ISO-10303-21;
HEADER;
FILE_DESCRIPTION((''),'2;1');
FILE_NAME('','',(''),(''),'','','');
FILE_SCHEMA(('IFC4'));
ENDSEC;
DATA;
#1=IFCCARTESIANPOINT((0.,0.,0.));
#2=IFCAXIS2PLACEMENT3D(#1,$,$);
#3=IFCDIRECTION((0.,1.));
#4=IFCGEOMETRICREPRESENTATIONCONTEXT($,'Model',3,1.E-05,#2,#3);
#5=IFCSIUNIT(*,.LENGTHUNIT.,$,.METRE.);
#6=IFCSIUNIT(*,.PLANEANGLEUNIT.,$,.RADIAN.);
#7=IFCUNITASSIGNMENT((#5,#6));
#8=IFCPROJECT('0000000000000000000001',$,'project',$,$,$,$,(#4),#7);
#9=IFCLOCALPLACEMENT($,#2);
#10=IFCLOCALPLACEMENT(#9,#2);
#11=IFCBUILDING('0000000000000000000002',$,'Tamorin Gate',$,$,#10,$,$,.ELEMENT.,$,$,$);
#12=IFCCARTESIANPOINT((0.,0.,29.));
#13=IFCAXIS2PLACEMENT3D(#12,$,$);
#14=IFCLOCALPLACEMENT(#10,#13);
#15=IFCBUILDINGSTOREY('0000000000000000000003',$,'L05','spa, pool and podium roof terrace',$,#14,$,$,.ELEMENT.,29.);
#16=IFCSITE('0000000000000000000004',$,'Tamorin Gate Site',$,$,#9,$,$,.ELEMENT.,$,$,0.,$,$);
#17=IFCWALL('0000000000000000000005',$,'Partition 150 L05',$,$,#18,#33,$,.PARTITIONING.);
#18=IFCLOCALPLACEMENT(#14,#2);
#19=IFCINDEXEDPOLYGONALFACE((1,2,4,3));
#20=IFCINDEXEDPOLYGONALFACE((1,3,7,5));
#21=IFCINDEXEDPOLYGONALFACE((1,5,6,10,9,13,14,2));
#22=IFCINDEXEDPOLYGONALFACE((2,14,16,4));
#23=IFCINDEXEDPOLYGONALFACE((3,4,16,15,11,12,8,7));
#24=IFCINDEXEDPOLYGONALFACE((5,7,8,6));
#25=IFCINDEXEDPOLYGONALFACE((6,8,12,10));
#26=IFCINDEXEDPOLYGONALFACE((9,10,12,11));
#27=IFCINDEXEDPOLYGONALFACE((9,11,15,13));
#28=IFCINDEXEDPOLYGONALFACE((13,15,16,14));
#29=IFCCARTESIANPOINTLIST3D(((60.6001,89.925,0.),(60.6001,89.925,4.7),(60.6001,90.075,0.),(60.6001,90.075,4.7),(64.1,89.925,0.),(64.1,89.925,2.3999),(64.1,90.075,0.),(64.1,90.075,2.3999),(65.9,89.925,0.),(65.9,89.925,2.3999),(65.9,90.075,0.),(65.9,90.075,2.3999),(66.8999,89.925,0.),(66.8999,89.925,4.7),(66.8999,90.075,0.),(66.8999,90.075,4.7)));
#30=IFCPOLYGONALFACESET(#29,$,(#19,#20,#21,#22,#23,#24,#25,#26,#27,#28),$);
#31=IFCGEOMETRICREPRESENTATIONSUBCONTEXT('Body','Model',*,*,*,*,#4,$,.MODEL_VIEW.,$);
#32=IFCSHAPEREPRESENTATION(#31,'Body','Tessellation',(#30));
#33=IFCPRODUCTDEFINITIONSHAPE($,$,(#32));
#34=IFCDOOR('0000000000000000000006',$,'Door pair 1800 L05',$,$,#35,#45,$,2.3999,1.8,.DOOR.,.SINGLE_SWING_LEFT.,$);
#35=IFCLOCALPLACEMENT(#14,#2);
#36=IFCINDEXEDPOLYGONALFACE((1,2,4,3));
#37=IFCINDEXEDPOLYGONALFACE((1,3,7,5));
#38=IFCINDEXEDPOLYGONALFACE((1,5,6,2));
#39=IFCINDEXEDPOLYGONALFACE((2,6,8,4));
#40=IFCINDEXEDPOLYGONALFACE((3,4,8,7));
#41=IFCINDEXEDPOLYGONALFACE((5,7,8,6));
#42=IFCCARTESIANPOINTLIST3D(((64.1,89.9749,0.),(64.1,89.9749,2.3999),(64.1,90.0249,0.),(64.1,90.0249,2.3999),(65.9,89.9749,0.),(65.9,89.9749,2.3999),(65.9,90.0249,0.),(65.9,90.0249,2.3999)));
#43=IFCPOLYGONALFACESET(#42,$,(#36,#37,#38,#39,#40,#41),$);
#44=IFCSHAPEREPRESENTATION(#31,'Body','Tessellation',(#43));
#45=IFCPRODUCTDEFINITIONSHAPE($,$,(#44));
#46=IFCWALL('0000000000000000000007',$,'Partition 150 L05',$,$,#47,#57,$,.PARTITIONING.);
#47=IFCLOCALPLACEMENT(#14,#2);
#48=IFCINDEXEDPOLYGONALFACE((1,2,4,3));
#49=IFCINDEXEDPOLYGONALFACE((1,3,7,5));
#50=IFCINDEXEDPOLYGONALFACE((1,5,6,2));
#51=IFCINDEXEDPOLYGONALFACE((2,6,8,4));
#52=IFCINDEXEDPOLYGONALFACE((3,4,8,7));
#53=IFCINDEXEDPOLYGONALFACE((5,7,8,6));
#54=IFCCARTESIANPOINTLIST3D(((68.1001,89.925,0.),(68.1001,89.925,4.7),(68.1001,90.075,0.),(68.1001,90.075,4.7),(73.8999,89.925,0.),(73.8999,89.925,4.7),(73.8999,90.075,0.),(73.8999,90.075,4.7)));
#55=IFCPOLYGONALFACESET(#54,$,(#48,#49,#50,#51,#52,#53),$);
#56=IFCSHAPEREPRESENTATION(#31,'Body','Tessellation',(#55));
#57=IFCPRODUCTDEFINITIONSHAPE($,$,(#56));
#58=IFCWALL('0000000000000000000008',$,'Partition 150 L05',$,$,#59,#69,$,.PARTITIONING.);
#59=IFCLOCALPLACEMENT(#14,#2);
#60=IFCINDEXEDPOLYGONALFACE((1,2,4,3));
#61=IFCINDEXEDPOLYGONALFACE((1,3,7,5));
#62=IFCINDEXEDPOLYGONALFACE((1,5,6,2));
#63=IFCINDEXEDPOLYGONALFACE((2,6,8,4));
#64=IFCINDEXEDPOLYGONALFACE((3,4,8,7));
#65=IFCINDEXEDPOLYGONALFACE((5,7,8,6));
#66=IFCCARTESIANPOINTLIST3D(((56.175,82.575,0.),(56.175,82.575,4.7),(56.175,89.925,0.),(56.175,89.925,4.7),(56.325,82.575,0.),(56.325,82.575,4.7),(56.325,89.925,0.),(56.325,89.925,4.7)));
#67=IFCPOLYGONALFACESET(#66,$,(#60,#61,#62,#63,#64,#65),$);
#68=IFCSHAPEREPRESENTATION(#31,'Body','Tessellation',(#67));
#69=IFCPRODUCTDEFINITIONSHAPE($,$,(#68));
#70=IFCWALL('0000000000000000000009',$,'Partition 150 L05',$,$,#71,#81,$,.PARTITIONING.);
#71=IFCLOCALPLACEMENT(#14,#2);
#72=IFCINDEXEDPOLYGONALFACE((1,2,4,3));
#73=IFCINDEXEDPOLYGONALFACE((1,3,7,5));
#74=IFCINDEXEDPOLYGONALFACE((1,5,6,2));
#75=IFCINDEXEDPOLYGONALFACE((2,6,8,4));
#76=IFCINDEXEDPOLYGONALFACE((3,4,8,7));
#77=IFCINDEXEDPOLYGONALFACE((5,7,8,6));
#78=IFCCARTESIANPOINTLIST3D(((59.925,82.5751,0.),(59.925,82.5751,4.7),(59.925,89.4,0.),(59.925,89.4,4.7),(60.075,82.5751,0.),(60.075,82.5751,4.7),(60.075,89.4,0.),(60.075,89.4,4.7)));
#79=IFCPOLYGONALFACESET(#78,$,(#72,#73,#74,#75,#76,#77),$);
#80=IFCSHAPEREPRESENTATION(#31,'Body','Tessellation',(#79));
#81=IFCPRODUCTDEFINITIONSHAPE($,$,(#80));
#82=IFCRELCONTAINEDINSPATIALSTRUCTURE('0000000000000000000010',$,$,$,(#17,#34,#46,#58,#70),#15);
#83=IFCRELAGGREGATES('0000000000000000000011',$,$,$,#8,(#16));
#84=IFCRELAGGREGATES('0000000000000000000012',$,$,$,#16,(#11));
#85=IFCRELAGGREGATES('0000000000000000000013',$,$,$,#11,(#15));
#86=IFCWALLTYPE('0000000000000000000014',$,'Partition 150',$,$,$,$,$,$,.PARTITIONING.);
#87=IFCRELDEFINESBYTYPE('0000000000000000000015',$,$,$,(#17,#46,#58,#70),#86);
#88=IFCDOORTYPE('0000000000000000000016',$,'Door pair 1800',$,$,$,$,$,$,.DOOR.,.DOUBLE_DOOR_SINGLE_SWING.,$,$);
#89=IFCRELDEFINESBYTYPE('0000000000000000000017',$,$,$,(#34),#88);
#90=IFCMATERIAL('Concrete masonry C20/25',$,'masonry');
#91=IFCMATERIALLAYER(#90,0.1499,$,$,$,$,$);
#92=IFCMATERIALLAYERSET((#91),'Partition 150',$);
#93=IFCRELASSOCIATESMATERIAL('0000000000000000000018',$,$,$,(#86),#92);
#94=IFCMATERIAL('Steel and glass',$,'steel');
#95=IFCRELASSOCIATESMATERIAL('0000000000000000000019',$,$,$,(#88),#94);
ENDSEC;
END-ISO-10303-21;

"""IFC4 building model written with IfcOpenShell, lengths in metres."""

from ifc_helpers import new_model, si_unit, direction, frame, frame_2d, origin, place, context, subcontext, project, spatial, rectangle, extrude, material, layer, layer_set, type_object, element, fill, save


model = new_model("IFC4")

# Units and contexts
model_context = context("Model", 3, precision=1e-05, world=origin(), true_north=direction((0.0, 1.0)))
body_context = subcontext(model_context, "Body", "Model", "MODEL_VIEW")
ifc_project = project(units=[si_unit("LENGTHUNIT", "METRE"), si_unit("PLANEANGLEUNIT", "RADIAN")], contexts=[model_context])

# Site, building, storey
site_placement = place(None, origin())
site = spatial("IfcSite", under=ifc_project, at=site_placement, Name="Tamorin Gate Site", CompositionType="ELEMENT", RefElevation=0.0)
building_placement = place(site_placement, origin())
building = spatial("IfcBuilding", under=site, at=building_placement, Name="Tamorin Gate", CompositionType="ELEMENT")
storey_placement = place(building_placement, frame((0.0, 0.0, 29.0)))
storey = spatial("IfcBuildingStorey", under=building, at=storey_placement, Name="L05", Description="spa, pool and podium roof terrace", CompositionType="ELEMENT", Elevation=29.0)

# Wall, opening, door
ifc_material_1 = material(Name="Concrete masonry C20/25", Category="masonry")
ifc_layer = layer(ifc_material_1, 0.1499)
ifc_layer_set = layer_set([ifc_layer], Name="Partition 150")
wall_type = type_object("IfcWallType", Name="Partition 150", PredefinedType="PARTITIONING", material=ifc_layer_set)
ifc_material_2 = material(Name="Steel and glass", Category="steel")
door_type_1 = type_object("IfcDoorType", Name="Door pair 1800", OperationType="DOUBLE_DOOR_SINGLE_SWING", PredefinedType="DOOR", material=ifc_material_2)
wall_1_placement = place(storey_placement, frame((60.6001, 90.0, 0.0), z_axis=(0.0, 0.0, 1.0), x_axis=(1.0, 0.0, 0.0)))
wall_1 = element("IfcWall", 1, at=wall_1_placement, inside=storey, type_object=wall_type, Name="Partition 150 L05", PredefinedType="PARTITIONING", context=body_context, shape_type="SweptSolid", body=[
    extrude(rectangle(XDim=6.2998, YDim=0.1499, at=frame_2d((3.1499, 0.0))), origin(), (0.0, 0.0, 1.0), 4.7),
])
opening_1_placement = place(wall_1_placement, frame((3.5, 0.0, 0.0)))
opening_1 = element("IfcOpeningElement", 2, at=opening_1_placement, cuts=wall_1, PredefinedType="OPENING", context=body_context, shape_type="SweptSolid", body=[
    extrude(rectangle(XDim=1.8, YDim=2.3999, at=frame_2d((0.8999, 1.2))), frame((0.0, 0.085, 0.0), z_axis=(0.0, -1.0, 0.0), x_axis=(1.0, 0.0, 0.0)), (0.0, 0.0, 1.0), 0.1699),
])
door_1_placement = place(opening_1_placement, origin())
door_1 = element("IfcDoor", 3, at=door_1_placement, inside=storey, type_object=door_type_1, Name="Door pair 1800 L05", OperationType="SINGLE_SWING_LEFT", OverallHeight=2.3999, OverallWidth=1.8, PredefinedType="DOOR", context=body_context, shape_type="SweptSolid", body=[
    extrude(rectangle(XDim=1.8, YDim=2.3999, at=frame_2d((0.8999, 1.2))), frame((0.0, 0.0249, 0.0), z_axis=(0.0, -1.0, 0.0), x_axis=(1.0, 0.0, 0.0)), (0.0, 0.0, 1.0), 0.05),
])
fill(opening_1, door_1)

# Walls
wall_2_placement = place(storey_placement, frame((68.1001, 90.0, 0.0), z_axis=(0.0, 0.0, 1.0), x_axis=(1.0, 0.0, 0.0)))
element("IfcWall", 4, at=wall_2_placement, inside=storey, type_object=wall_type, Name="Partition 150 L05", PredefinedType="PARTITIONING", context=body_context, shape_type="SweptSolid", body=[
    extrude(rectangle(XDim=5.7998, YDim=0.1499, at=frame_2d((2.8999, 0.0))), origin(), (0.0, 0.0, 1.0), 4.7),
])
wall_3_placement = place(storey_placement, frame((56.25, 82.575, 0.0), z_axis=(0.0, 0.0, 1.0), x_axis=(0.0, 1.0, 0.0)))
element("IfcWall", 5, at=wall_3_placement, inside=storey, type_object=wall_type, Name="Partition 150 L05", PredefinedType="PARTITIONING", context=body_context, shape_type="SweptSolid", body=[
    extrude(rectangle(XDim=7.3501, YDim=0.1499, at=frame_2d((3.675, 0.0))), origin(), (0.0, 0.0, 1.0), 4.7),
])
wall_4_placement = place(storey_placement, frame((60.0, 82.575, 0.0), z_axis=(0.0, 0.0, 1.0), x_axis=(0.0, 1.0, 0.0)))
element("IfcWall", 6, at=wall_4_placement, inside=storey, type_object=wall_type, Name="Partition 150 L05", PredefinedType="PARTITIONING", context=body_context, shape_type="SweptSolid", body=[
    extrude(rectangle(XDim=6.825, YDim=0.1499, at=frame_2d((3.4126, 0.0))), origin(), (0.0, 0.0, 1.0), 4.7),
])

save(model, "model.ifc")
